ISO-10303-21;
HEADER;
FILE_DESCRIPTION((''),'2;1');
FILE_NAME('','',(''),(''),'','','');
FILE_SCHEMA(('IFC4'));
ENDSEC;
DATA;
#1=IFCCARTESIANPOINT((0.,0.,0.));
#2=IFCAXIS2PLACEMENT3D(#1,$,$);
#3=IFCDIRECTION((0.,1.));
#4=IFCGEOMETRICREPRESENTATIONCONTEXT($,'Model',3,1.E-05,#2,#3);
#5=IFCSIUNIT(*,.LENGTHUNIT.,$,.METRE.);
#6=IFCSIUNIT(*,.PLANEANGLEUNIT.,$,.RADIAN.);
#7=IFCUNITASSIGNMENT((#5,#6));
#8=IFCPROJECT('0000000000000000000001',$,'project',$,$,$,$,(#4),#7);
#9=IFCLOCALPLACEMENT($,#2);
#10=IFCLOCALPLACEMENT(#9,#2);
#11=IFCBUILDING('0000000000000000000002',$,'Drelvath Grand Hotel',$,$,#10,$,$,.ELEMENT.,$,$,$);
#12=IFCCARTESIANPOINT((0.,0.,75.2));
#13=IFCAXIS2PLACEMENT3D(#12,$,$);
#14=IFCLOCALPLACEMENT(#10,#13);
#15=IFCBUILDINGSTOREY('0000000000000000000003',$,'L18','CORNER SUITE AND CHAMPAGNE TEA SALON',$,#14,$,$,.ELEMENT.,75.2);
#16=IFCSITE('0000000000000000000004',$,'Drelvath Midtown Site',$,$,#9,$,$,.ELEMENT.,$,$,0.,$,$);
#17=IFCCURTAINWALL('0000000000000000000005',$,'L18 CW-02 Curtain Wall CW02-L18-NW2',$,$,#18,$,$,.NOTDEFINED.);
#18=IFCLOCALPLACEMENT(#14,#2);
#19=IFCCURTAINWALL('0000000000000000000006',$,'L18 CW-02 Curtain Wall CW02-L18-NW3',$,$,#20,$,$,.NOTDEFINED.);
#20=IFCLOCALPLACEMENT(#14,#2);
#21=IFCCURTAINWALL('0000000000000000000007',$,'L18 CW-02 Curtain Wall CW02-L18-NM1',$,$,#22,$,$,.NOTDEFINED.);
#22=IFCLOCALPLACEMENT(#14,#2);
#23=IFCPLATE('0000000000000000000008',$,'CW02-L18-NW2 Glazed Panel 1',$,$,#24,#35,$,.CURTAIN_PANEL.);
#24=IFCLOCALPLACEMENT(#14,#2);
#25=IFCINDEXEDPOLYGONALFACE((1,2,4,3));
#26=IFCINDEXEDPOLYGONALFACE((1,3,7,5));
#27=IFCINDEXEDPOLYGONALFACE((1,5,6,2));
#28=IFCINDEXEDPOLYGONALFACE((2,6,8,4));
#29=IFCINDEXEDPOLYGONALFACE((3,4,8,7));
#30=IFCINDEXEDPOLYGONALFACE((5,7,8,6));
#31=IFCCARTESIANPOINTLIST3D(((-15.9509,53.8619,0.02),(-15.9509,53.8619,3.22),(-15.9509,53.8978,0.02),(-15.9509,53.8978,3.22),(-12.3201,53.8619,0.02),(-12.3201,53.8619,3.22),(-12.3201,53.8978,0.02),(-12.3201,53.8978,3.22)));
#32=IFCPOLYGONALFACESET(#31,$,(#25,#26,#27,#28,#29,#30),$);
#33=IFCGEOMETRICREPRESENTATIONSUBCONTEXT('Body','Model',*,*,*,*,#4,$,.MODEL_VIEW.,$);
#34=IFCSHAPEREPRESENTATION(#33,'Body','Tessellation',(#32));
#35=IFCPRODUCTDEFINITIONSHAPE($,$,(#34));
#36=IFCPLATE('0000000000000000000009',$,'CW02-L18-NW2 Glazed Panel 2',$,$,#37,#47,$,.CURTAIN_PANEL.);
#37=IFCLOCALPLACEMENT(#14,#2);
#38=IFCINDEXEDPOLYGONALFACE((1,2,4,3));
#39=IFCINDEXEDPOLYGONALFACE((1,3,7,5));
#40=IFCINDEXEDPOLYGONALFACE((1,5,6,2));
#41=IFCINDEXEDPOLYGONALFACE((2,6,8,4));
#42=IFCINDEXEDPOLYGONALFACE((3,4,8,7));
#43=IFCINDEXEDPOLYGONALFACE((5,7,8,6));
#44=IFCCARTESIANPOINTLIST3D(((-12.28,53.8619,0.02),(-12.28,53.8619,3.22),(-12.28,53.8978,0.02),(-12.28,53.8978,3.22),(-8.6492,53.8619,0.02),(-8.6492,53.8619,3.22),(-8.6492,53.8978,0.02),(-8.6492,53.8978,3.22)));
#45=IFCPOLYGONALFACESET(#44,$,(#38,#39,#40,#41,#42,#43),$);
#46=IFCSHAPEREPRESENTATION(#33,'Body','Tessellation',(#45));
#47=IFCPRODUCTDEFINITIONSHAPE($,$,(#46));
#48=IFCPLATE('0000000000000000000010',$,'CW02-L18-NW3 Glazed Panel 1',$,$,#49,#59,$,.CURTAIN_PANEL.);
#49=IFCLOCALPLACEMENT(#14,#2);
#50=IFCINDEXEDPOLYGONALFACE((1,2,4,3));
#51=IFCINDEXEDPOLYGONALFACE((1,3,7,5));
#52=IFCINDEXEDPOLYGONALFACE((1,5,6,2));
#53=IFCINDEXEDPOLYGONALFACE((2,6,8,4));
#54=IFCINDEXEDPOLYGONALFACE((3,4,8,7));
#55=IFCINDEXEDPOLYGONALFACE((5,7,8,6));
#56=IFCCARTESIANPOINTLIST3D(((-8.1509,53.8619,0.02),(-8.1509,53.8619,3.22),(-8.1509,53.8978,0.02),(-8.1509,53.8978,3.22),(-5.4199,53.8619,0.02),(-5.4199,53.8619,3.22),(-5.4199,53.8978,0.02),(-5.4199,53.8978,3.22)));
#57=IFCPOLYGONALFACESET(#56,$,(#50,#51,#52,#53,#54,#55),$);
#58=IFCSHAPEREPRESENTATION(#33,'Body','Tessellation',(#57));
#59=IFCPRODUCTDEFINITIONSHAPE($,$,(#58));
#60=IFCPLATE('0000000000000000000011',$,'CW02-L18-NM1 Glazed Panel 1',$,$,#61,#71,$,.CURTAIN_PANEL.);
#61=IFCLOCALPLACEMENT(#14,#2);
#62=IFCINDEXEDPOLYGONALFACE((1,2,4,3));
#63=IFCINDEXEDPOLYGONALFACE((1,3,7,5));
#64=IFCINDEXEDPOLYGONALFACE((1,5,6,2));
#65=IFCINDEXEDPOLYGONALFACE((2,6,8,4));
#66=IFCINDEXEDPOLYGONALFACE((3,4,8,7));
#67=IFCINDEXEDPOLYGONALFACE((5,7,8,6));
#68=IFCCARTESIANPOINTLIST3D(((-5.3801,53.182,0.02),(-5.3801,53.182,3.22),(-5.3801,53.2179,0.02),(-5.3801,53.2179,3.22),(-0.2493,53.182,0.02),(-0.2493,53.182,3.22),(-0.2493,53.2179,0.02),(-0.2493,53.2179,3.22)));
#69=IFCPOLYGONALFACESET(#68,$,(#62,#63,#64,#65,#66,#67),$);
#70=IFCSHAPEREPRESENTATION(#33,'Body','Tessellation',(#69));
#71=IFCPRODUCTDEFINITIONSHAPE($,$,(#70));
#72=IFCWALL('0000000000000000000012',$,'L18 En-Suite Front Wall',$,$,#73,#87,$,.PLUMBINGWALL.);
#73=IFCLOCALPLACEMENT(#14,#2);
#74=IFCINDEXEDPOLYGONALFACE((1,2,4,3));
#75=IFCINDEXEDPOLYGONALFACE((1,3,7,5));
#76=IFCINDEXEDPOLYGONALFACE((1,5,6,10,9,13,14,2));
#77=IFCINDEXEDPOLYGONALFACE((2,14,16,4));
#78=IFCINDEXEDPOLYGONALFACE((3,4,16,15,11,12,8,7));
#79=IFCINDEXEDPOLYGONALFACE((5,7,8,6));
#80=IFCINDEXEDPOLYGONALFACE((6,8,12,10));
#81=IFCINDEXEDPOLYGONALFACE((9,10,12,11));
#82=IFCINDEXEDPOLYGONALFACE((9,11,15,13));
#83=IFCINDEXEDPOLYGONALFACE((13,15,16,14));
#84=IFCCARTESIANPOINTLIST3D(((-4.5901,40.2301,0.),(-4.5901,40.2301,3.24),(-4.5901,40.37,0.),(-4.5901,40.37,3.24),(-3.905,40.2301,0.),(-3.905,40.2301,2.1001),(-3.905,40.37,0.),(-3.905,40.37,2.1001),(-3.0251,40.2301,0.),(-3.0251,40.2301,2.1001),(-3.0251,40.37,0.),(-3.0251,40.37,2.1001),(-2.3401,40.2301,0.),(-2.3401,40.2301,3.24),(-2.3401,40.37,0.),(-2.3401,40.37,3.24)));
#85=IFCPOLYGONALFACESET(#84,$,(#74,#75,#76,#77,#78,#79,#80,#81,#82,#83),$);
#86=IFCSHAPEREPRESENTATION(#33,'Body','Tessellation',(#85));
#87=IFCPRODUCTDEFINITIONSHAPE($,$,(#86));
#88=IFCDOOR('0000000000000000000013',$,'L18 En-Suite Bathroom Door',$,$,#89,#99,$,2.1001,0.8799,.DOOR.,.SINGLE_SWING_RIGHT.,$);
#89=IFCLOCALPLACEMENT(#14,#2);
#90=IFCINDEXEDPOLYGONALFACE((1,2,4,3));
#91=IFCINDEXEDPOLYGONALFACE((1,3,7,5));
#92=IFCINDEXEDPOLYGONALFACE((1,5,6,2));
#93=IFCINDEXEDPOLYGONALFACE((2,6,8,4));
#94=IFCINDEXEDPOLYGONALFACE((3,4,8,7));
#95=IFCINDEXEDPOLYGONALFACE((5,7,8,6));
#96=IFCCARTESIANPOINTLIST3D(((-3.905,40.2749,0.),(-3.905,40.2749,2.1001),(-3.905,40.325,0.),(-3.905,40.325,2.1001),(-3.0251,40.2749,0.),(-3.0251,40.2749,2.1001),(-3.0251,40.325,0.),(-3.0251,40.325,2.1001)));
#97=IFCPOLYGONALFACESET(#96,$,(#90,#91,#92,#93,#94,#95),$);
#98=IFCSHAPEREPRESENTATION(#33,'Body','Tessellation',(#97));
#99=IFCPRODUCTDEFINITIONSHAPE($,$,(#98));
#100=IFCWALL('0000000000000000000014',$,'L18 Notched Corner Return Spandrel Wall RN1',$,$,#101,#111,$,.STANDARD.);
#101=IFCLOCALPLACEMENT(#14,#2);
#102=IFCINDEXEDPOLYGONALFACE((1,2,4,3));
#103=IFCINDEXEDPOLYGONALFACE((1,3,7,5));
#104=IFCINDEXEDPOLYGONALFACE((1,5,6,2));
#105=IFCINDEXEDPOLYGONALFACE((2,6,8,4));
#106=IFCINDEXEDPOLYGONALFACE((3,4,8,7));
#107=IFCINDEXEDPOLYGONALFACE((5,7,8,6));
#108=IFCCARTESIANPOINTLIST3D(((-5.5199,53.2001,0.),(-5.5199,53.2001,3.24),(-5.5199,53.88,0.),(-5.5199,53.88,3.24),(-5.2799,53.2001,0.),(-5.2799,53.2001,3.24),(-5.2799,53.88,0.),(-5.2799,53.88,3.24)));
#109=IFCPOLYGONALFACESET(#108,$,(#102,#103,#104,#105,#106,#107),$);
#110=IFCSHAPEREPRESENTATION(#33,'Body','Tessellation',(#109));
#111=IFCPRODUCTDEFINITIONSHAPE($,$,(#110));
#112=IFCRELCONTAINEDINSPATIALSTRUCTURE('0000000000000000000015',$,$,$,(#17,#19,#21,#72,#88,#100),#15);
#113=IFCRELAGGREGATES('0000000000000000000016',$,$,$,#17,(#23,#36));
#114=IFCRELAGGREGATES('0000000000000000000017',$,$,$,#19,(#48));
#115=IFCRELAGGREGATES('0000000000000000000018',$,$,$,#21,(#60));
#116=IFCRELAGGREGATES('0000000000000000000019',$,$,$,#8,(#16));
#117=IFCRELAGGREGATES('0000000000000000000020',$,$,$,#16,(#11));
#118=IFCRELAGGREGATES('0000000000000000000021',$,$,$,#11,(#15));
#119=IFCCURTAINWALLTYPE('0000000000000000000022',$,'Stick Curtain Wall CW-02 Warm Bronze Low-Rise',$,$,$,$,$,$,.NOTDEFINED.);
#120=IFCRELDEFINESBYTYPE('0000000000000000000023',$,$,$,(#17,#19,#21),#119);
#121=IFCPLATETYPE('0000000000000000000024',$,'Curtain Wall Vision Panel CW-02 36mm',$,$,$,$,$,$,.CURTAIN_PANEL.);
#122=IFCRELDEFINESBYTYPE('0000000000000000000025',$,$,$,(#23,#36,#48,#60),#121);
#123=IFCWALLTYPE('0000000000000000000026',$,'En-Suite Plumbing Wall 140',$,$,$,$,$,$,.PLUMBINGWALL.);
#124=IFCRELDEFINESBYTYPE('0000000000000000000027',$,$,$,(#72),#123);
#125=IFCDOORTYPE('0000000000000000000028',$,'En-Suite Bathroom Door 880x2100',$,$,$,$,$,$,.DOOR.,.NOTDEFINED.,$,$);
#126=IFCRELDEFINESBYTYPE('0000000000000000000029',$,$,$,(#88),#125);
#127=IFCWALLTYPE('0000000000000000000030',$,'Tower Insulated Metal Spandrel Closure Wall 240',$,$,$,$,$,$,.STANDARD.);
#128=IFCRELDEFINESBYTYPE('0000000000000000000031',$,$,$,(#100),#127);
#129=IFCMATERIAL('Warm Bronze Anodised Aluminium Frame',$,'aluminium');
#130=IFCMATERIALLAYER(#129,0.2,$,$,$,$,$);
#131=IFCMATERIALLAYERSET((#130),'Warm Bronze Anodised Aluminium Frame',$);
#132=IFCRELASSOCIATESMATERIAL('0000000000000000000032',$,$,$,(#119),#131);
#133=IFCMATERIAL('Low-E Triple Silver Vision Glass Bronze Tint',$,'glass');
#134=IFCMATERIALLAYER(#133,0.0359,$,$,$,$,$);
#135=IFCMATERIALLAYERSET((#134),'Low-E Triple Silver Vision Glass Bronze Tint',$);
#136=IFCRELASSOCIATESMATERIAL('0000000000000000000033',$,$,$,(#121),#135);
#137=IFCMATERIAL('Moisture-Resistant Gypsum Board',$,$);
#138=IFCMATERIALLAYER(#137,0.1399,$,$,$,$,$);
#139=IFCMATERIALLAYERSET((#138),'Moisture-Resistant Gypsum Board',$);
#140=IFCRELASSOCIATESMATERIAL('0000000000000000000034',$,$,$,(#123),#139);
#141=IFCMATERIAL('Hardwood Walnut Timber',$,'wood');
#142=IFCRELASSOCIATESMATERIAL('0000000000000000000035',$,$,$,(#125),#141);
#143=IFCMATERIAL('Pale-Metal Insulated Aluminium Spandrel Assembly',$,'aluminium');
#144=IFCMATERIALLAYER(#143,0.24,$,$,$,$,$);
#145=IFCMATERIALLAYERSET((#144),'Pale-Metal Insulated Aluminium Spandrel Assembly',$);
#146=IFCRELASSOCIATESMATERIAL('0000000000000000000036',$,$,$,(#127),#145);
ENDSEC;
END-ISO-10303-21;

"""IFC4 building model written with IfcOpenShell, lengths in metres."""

from ifc_helpers import new_model, si_unit, direction, frame, frame_2d, origin, origin_2d, place, context, subcontext, project, spatial, rectangle, extrude, material, layer, layer_set, type_object, element, fill, aggregate, save


model = new_model("IFC4")

# Units and contexts
model_context = context("Model", 3, precision=1e-05, world=origin(), true_north=direction((0.0, 1.0)))
body_context = subcontext(model_context, "Body", "Model", "MODEL_VIEW")
ifc_project = project(units=[si_unit("LENGTHUNIT", "METRE"), si_unit("PLANEANGLEUNIT", "RADIAN")], contexts=[model_context])

# Site, building, storey
site_placement = place(None, origin())
site = spatial("IfcSite", under=ifc_project, at=site_placement, Name="Drelvath Midtown Site", CompositionType="ELEMENT", RefElevation=0.0)
building_placement = place(site_placement, origin())
building = spatial("IfcBuilding", under=site, at=building_placement, Name="Drelvath Grand Hotel", CompositionType="ELEMENT")
storey_placement = place(building_placement, frame((0.0, 0.0, 75.2)))
storey = spatial("IfcBuildingStorey", under=building, at=storey_placement, Name="L18", Description="CORNER SUITE AND CHAMPAGNE TEA SALON", CompositionType="ELEMENT", Elevation=75.2)

# Curtain walls
ifc_material_1 = material(Name="Warm Bronze Anodised Aluminium Frame", Category="aluminium")
ifc_layer_1 = layer(ifc_material_1, 0.2)
ifc_layer_set_1 = layer_set([ifc_layer_1], Name="Warm Bronze Anodised Aluminium Frame")
curtain_wall_type = type_object("IfcCurtainWallType", Name="Stick Curtain Wall CW-02 Warm Bronze Low-Rise", PredefinedType="NOTDEFINED", material=ifc_layer_set_1)
curtain_wall_1_placement = place(storey_placement, origin())
curtain_wall_1 = element("IfcCurtainWall", 1, at=curtain_wall_1_placement, inside=storey, type_object=curtain_wall_type, Name="L18 CW-02 Curtain Wall CW02-L18-NW2", PredefinedType="NOTDEFINED")
curtain_wall_2_placement = place(storey_placement, origin())
curtain_wall_2 = element("IfcCurtainWall", 2, at=curtain_wall_2_placement, inside=storey, type_object=curtain_wall_type, Name="L18 CW-02 Curtain Wall CW02-L18-NW3", PredefinedType="NOTDEFINED")
curtain_wall_3_placement = place(storey_placement, origin())
curtain_wall_3 = element("IfcCurtainWall", 3, at=curtain_wall_3_placement, inside=storey, type_object=curtain_wall_type, Name="L18 CW-02 Curtain Wall CW02-L18-NM1", PredefinedType="NOTDEFINED")

# Plates
ifc_material_2 = material(Name="Low-E Triple Silver Vision Glass Bronze Tint", Category="glass")
ifc_layer_2 = layer(ifc_material_2, 0.0359)
ifc_layer_set_2 = layer_set([ifc_layer_2], Name="Low-E Triple Silver Vision Glass Bronze Tint")
plate_type = type_object("IfcPlateType", Name="Curtain Wall Vision Panel CW-02 36mm", PredefinedType="CURTAIN_PANEL", material=ifc_layer_set_2)
plate_1_placement = place(storey_placement, frame((-14.1355, 53.8799, 0.02), z_axis=(0.0, 0.0, 1.0), x_axis=(1.0, 0.0, 0.0)))
plate_1 = element("IfcPlate", 4, at=plate_1_placement, type_object=plate_type, Name="CW02-L18-NW2 Glazed Panel 1", PredefinedType="CURTAIN_PANEL", context=body_context, shape_type="SweptSolid", body=[
    extrude(rectangle(XDim=3.6309, YDim=0.0359, at=origin_2d()), origin(), (0.0, 0.0, 1.0), 3.2),
])
plate_2_placement = place(storey_placement, frame((-10.4646, 53.8799, 0.02), z_axis=(0.0, 0.0, 1.0), x_axis=(1.0, 0.0, 0.0)))
plate_2 = element("IfcPlate", 5, at=plate_2_placement, type_object=plate_type, Name="CW02-L18-NW2 Glazed Panel 2", PredefinedType="CURTAIN_PANEL", context=body_context, shape_type="SweptSolid", body=[
    extrude(rectangle(XDim=3.6309, YDim=0.0359, at=origin_2d()), origin(), (0.0, 0.0, 1.0), 3.2),
])
aggregate(curtain_wall_1, [plate_1, plate_2])
plate_3_placement = place(storey_placement, frame((-6.7854, 53.8799, 0.02), z_axis=(0.0, 0.0, 1.0), x_axis=(1.0, 0.0, 0.0)))
plate_3 = element("IfcPlate", 6, at=plate_3_placement, type_object=plate_type, Name="CW02-L18-NW3 Glazed Panel 1", PredefinedType="CURTAIN_PANEL", context=body_context, shape_type="SweptSolid", body=[
    extrude(rectangle(XDim=2.731, YDim=0.0359, at=origin_2d()), origin(), (0.0, 0.0, 1.0), 3.2),
])
aggregate(curtain_wall_2, [plate_3])
plate_4_placement = place(storey_placement, frame((-2.8147, 53.2, 0.02), z_axis=(0.0, 0.0, 1.0), x_axis=(1.0, 0.0, 0.0)))
plate_4 = element("IfcPlate", 7, at=plate_4_placement, type_object=plate_type, Name="CW02-L18-NM1 Glazed Panel 1", PredefinedType="CURTAIN_PANEL", context=body_context, shape_type="SweptSolid", body=[
    extrude(rectangle(XDim=5.1309, YDim=0.0359, at=origin_2d()), origin(), (0.0, 0.0, 1.0), 3.2),
])
aggregate(curtain_wall_3, [plate_4])

# Wall, opening, door
ifc_material_3 = material(Name="Moisture-Resistant Gypsum Board")
ifc_layer_3 = layer(ifc_material_3, 0.1399)
ifc_layer_set_3 = layer_set([ifc_layer_3], Name="Moisture-Resistant Gypsum Board")
wall_type_1 = type_object("IfcWallType", Name="En-Suite Plumbing Wall 140", PredefinedType="PLUMBINGWALL", material=ifc_layer_set_3)
wall_1_placement = place(storey_placement, frame((-4.5901, 40.3, 0.0), z_axis=(0.0, 0.0, 1.0), x_axis=(1.0, 0.0, 0.0)))
wall_1 = element("IfcWall", 8, at=wall_1_placement, inside=storey, type_object=wall_type_1, Name="L18 En-Suite Front Wall", PredefinedType="PLUMBINGWALL", context=body_context, shape_type="SweptSolid", body=[
    extrude(rectangle(XDim=2.25, YDim=0.1399, at=frame_2d((1.125, 0.0))), origin(), (0.0, 0.0, 1.0), 3.24),
])
opening_placement = place(wall_1_placement, frame((0.6851, 0.0, 0.0)))
opening = element("IfcOpeningElement", 9, at=opening_placement, cuts=wall_1, PredefinedType="OPENING", context=body_context, shape_type="SweptSolid", body=[
    extrude(rectangle(XDim=0.8799, YDim=2.1001, at=frame_2d((0.4399, 1.05))), frame((0.0, 0.0798, 0.0), z_axis=(0.0, -1.0, 0.0), x_axis=(1.0, 0.0, 0.0)), (0.0, 0.0, 1.0), 0.1599),
])
ifc_material_4 = material(Name="Hardwood Walnut Timber", Category="wood")
door_type = type_object("IfcDoorType", Name="En-Suite Bathroom Door 880x2100", OperationType="NOTDEFINED", PredefinedType="DOOR", material=ifc_material_4)
door_placement = place(opening_placement, origin())
door = element("IfcDoor", 10, at=door_placement, inside=storey, type_object=door_type, Name="L18 En-Suite Bathroom Door", OperationType="SINGLE_SWING_RIGHT", OverallHeight=2.1001, OverallWidth=0.8799, PredefinedType="DOOR", context=body_context, shape_type="SweptSolid", body=[
    extrude(rectangle(XDim=0.8799, YDim=2.1001, at=frame_2d((0.4399, 1.05))), frame((0.0, 0.0249, 0.0), z_axis=(0.0, -1.0, 0.0), x_axis=(1.0, 0.0, 0.0)), (0.0, 0.0, 1.0), 0.05),
])
fill(opening, door)

# Wall
ifc_material_5 = material(Name="Pale-Metal Insulated Aluminium Spandrel Assembly", Category="aluminium")
ifc_layer_4 = layer(ifc_material_5, 0.24)
ifc_layer_set_4 = layer_set([ifc_layer_4], Name="Pale-Metal Insulated Aluminium Spandrel Assembly")
wall_type_2 = type_object("IfcWallType", Name="Tower Insulated Metal Spandrel Closure Wall 240", PredefinedType="STANDARD", material=ifc_layer_set_4)
wall_2_placement = place(storey_placement, frame((-5.3999, 53.8799, 0.0), z_axis=(0.0, 0.0, 1.0), x_axis=(0.0, -1.0, 0.0)))
element("IfcWall", 11, at=wall_2_placement, inside=storey, type_object=wall_type_2, Name="L18 Notched Corner Return Spandrel Wall RN1", PredefinedType="STANDARD", context=body_context, shape_type="SweptSolid", body=[
    extrude(rectangle(XDim=0.6799, YDim=0.24, at=frame_2d((0.3398, 0.0))), origin(), (0.0, 0.0, 1.0), 3.24),
])

save(model, "model.ifc")
